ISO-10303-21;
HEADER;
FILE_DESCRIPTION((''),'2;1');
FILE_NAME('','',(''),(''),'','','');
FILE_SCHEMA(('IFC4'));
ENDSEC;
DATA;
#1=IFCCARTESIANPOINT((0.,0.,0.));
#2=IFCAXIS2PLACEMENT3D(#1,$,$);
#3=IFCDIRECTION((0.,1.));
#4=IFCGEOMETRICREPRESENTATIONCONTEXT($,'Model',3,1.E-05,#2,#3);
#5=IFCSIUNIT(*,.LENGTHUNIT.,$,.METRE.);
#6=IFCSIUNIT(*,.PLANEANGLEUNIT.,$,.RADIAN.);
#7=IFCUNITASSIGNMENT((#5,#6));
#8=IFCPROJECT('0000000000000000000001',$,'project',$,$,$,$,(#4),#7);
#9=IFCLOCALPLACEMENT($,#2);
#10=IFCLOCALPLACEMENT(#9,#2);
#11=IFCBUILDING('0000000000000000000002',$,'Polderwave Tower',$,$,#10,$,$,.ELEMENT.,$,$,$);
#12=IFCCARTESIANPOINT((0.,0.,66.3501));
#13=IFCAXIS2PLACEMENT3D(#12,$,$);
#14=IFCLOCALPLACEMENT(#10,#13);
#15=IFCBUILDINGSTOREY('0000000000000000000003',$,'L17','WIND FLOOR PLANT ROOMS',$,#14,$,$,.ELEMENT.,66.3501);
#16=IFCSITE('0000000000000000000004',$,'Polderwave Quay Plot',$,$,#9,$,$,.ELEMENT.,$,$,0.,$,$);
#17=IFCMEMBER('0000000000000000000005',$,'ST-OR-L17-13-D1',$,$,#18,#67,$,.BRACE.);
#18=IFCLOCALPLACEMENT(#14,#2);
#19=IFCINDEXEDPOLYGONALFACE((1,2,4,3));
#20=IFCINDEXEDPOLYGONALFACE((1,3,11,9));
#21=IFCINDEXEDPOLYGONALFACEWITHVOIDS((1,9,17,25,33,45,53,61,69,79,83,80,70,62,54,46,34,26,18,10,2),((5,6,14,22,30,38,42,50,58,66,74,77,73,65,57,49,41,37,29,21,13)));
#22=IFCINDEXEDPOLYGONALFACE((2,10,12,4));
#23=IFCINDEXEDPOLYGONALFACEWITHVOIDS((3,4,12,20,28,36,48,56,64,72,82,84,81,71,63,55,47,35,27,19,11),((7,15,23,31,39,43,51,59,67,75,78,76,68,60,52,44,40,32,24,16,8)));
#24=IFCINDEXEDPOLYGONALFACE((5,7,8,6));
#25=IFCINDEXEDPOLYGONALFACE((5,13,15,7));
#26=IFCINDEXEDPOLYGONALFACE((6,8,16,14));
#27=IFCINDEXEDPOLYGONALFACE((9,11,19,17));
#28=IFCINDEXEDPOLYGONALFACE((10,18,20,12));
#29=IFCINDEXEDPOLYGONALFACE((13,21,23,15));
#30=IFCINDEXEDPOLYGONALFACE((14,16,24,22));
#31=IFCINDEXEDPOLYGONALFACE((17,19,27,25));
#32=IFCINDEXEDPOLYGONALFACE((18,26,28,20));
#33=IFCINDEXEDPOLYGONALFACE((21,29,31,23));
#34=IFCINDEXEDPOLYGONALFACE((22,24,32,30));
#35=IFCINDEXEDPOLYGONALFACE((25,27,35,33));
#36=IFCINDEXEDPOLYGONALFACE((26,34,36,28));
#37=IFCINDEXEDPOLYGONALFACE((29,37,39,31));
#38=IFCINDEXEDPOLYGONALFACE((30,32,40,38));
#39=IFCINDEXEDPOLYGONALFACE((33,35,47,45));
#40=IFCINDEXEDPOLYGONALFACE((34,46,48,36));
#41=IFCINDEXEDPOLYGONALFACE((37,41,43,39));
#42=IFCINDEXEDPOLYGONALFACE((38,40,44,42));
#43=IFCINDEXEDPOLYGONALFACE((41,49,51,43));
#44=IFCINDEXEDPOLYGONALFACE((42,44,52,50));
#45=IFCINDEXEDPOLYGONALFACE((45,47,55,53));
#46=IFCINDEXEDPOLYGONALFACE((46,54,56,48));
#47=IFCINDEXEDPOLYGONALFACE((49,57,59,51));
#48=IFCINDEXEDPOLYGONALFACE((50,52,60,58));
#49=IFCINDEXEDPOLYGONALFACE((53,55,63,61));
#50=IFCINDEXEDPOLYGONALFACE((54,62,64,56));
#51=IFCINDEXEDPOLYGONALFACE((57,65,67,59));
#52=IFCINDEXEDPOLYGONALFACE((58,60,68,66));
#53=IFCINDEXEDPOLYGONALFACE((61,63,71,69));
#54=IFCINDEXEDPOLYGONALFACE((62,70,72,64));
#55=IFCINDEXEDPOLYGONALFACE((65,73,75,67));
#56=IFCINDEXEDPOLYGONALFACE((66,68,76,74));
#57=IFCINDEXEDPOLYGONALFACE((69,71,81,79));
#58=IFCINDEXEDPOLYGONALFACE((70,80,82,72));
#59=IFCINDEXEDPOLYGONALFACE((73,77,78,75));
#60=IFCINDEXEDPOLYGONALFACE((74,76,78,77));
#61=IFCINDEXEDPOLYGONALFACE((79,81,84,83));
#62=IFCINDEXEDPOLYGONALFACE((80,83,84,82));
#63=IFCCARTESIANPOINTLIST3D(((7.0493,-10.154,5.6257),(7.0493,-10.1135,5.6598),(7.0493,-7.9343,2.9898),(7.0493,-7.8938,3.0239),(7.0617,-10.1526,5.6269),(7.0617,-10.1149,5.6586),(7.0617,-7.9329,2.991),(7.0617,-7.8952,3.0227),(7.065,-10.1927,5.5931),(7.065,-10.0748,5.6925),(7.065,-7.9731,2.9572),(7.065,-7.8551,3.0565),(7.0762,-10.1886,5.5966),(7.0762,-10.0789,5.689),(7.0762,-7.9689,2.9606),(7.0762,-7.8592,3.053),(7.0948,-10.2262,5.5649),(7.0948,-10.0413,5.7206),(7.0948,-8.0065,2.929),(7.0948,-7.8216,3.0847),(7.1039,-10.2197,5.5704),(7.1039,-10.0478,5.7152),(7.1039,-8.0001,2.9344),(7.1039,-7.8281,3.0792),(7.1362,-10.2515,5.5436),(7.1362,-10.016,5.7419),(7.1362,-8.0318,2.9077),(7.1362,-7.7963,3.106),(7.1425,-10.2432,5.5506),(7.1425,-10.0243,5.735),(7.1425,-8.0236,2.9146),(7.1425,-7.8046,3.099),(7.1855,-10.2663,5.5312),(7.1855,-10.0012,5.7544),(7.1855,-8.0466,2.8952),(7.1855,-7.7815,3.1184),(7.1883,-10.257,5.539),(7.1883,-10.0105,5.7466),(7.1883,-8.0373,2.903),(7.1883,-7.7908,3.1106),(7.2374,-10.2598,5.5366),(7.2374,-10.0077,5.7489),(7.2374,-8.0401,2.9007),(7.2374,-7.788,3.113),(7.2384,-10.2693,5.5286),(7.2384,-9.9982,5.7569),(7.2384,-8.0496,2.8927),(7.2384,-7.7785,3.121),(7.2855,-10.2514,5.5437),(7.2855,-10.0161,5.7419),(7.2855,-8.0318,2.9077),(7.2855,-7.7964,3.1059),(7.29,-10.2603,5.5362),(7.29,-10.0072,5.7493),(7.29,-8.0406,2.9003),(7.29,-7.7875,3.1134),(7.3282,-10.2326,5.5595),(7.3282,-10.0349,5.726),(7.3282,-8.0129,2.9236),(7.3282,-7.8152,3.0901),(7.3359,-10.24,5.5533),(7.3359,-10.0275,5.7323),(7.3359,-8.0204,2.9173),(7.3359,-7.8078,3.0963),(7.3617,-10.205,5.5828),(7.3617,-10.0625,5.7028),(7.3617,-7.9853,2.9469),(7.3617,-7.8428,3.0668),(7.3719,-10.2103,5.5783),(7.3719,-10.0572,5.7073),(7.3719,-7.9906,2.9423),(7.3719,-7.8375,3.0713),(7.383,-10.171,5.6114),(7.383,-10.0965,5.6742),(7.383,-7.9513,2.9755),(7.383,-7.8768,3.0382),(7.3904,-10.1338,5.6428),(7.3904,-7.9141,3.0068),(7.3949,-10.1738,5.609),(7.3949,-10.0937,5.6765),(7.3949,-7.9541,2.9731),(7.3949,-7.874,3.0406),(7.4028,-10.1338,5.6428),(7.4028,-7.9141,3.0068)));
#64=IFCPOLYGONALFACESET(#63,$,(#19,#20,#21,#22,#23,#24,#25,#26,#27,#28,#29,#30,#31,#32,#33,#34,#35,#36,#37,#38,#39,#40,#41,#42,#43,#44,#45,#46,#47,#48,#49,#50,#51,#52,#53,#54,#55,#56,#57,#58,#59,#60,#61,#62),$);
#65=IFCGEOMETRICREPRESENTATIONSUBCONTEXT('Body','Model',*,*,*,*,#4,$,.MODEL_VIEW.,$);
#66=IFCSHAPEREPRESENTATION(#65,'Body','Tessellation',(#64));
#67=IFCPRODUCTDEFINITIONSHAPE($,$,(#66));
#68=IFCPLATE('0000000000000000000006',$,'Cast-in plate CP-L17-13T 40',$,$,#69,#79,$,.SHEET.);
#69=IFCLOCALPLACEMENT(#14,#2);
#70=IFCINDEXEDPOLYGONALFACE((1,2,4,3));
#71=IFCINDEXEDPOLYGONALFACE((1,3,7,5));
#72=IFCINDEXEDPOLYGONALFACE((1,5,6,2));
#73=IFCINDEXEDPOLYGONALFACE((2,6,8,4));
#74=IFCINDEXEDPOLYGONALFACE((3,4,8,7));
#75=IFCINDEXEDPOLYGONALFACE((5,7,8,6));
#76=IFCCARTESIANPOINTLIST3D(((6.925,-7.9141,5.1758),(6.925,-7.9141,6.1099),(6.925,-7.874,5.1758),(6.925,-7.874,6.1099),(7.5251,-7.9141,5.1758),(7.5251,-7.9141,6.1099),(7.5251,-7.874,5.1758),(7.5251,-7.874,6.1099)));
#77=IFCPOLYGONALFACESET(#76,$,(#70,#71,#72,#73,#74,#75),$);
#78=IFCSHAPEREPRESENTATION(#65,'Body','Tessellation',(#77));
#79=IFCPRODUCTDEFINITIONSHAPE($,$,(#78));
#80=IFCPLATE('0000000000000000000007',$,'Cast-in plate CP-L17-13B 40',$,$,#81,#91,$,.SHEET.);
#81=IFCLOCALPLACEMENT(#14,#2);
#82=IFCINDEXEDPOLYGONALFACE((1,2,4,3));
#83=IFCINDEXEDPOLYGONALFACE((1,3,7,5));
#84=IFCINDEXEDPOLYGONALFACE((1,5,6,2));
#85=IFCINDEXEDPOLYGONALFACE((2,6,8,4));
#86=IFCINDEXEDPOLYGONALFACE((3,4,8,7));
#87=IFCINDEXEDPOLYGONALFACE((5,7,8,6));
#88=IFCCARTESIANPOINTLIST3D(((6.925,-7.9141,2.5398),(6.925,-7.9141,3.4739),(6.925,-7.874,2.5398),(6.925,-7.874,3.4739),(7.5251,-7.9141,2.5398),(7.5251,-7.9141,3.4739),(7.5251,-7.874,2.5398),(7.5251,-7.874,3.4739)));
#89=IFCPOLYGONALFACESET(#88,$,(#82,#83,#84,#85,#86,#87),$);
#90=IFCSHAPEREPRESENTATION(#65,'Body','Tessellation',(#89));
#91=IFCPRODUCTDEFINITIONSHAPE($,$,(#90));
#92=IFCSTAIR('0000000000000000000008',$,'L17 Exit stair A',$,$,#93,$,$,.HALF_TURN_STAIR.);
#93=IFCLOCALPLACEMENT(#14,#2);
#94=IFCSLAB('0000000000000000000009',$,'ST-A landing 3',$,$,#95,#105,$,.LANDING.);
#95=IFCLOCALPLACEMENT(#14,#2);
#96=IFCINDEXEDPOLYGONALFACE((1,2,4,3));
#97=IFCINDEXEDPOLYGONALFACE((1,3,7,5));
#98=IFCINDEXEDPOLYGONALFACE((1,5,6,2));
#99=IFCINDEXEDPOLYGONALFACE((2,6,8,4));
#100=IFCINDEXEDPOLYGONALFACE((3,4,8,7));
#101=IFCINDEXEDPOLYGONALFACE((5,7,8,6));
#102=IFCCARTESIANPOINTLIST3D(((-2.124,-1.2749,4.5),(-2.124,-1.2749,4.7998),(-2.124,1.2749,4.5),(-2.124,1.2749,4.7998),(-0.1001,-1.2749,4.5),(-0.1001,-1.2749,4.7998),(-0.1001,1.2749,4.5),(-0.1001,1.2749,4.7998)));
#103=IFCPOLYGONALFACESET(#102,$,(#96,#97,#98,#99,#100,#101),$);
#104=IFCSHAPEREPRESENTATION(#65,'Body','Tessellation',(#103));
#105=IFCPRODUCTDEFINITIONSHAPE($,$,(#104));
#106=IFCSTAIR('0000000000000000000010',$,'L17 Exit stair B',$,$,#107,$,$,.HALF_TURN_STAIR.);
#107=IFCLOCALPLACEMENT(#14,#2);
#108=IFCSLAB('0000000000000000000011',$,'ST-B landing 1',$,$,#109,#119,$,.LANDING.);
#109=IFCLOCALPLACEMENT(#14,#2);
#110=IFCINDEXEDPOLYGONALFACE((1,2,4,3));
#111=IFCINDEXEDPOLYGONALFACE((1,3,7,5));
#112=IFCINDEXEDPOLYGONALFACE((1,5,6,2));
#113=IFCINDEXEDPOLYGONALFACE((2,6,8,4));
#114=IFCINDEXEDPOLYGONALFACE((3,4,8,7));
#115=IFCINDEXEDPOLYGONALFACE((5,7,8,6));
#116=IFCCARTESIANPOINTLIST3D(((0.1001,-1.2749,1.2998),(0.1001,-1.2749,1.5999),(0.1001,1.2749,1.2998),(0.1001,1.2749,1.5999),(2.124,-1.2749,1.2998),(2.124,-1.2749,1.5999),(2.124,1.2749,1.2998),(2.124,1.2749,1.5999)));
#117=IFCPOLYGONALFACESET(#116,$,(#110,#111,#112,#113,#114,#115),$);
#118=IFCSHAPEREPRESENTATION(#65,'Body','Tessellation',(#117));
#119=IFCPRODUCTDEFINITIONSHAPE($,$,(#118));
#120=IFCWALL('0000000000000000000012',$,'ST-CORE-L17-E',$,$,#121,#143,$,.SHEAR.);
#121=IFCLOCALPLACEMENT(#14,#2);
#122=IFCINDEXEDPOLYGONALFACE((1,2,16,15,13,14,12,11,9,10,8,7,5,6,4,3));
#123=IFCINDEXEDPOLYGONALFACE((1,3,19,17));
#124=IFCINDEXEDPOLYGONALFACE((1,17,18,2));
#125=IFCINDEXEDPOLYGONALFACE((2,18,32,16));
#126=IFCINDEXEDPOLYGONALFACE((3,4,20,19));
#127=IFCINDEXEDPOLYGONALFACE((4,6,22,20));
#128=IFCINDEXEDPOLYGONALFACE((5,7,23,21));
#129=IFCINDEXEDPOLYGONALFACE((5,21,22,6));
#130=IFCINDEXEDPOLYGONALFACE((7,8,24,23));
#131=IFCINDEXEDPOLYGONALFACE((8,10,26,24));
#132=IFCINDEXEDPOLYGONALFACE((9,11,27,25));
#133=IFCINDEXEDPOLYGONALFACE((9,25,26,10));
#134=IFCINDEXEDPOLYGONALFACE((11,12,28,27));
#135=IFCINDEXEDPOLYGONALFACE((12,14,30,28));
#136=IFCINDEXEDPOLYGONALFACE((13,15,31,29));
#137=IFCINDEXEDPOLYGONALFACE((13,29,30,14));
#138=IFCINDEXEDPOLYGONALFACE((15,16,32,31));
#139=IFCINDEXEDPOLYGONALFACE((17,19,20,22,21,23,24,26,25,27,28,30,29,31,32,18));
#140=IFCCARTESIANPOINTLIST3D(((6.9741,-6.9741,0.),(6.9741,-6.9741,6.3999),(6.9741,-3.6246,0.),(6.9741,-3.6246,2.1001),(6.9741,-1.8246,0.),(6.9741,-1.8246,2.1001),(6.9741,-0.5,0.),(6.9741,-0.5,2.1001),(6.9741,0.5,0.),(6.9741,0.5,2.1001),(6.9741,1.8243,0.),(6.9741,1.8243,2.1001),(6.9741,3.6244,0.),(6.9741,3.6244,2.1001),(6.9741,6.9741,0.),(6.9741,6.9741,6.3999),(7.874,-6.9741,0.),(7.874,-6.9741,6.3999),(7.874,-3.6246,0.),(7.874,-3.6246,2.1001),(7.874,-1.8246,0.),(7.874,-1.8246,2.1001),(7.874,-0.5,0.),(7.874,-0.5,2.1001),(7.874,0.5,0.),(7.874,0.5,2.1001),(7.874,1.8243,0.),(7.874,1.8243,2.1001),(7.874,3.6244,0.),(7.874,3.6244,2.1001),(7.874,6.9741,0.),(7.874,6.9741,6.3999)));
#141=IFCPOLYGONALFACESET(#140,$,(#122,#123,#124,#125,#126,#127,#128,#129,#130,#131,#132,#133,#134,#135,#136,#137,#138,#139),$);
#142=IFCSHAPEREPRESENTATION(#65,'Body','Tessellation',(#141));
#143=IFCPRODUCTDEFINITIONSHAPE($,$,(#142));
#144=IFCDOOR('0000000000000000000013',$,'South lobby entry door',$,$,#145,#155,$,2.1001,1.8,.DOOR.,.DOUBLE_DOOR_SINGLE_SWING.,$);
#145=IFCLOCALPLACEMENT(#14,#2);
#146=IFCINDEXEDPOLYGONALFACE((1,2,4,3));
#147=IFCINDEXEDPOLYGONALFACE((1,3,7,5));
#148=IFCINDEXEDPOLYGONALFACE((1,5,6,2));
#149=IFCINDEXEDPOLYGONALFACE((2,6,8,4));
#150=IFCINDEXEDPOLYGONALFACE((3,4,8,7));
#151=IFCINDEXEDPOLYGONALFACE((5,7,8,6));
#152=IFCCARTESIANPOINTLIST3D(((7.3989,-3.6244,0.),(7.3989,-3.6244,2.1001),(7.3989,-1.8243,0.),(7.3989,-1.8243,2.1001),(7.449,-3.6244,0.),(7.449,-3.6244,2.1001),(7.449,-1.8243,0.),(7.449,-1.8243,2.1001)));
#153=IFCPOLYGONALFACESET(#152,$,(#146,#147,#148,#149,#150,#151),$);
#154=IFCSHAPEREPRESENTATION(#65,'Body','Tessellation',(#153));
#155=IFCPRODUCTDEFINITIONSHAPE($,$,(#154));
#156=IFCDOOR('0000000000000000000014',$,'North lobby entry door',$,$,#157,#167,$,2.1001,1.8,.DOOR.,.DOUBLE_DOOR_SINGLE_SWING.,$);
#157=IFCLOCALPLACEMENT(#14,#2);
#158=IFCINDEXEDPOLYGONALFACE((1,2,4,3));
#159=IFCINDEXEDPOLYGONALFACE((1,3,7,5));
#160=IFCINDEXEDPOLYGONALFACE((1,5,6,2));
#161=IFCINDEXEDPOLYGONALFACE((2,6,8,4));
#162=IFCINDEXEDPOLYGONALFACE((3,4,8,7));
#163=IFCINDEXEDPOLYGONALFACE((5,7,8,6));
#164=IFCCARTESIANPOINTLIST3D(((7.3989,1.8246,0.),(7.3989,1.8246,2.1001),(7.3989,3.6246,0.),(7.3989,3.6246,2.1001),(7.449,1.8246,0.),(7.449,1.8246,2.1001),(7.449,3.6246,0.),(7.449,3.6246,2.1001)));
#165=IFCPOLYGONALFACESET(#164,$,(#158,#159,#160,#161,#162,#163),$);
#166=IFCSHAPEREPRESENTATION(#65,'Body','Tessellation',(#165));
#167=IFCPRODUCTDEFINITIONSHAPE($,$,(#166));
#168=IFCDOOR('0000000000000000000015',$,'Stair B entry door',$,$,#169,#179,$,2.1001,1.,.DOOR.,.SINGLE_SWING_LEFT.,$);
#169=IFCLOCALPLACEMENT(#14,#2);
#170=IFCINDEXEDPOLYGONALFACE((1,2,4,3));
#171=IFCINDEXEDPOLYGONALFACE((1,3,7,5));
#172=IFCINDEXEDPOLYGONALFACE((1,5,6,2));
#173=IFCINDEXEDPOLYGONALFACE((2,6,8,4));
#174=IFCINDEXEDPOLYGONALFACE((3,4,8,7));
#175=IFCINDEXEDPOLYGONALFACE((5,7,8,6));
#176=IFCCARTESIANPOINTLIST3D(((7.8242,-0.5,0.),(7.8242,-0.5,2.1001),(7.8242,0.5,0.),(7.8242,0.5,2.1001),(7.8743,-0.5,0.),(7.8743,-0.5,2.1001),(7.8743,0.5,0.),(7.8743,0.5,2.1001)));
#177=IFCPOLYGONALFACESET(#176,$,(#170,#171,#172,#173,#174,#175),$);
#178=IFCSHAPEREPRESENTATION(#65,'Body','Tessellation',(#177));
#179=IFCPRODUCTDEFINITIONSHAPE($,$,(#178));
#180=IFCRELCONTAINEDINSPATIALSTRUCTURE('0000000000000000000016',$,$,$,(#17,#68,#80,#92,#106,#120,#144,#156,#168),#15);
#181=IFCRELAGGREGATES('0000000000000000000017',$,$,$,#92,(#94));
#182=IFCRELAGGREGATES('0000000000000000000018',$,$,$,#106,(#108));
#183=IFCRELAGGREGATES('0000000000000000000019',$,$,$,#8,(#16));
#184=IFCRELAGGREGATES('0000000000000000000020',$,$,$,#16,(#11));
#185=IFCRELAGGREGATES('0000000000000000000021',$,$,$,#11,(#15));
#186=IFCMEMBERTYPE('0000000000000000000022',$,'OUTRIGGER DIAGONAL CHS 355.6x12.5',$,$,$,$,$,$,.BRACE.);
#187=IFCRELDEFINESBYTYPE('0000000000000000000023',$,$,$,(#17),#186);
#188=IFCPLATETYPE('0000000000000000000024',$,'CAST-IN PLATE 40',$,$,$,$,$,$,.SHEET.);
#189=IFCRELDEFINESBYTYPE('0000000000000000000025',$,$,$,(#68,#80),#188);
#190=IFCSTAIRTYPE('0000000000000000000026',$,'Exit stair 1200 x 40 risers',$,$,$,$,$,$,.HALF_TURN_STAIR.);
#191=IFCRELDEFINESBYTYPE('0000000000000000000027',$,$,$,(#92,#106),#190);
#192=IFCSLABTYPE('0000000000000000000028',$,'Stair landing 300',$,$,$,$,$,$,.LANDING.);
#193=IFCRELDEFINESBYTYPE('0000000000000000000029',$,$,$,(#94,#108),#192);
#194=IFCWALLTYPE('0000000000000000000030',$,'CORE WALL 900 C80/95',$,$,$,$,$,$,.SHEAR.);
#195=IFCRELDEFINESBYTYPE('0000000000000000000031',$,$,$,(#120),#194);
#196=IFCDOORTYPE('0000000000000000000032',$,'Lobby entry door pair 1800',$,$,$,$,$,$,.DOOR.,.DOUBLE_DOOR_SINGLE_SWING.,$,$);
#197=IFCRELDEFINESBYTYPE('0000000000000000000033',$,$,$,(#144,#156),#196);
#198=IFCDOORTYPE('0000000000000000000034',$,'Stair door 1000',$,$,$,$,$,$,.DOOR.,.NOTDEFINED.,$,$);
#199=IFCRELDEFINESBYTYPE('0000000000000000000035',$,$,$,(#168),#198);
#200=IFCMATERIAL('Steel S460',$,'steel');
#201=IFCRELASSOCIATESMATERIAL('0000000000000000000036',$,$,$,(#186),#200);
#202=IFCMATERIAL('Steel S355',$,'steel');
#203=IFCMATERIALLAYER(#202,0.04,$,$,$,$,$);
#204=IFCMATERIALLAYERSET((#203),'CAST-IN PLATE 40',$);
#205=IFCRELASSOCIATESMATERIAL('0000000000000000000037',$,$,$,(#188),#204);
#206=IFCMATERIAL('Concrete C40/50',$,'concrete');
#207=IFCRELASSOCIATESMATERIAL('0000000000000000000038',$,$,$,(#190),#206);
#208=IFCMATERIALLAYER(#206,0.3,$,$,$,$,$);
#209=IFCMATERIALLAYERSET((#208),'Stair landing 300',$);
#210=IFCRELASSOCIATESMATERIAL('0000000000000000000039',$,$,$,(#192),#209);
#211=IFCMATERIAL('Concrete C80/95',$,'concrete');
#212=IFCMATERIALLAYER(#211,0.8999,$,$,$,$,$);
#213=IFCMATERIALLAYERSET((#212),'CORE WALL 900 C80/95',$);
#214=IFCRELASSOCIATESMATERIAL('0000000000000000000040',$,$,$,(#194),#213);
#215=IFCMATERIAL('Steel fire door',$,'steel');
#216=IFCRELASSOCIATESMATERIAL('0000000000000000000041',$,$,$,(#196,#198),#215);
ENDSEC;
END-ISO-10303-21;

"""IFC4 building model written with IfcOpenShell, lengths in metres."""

from ifc_helpers import new_model, si_unit, direction, frame, frame_2d, origin, origin_2d, place, context, subcontext, project, spatial, polyline, rectangle, hollow_circle, outline, extrude, material, layer, layer_set, material_profile, profile_set, type_object, element, fill, aggregate, save


model = new_model("IFC4")

# Units and contexts
model_context = context("Model", 3, precision=1e-05, world=origin(), true_north=direction((0.0, 1.0)))
body_context = subcontext(model_context, "Body", "Model", "MODEL_VIEW")
ifc_project = project(units=[si_unit("LENGTHUNIT", "METRE"), si_unit("PLANEANGLEUNIT", "RADIAN")], contexts=[model_context])

# Site, building, storey
site_placement = place(None, origin())
site = spatial("IfcSite", under=ifc_project, at=site_placement, Name="Polderwave Quay Plot", CompositionType="ELEMENT", RefElevation=0.0)
building_placement = place(site_placement, origin())
building = spatial("IfcBuilding", under=site, at=building_placement, Name="Polderwave Tower", CompositionType="ELEMENT")
storey_placement = place(building_placement, frame((0.0, 0.0, 66.3501)))
storey = spatial("IfcBuildingStorey", under=building, at=storey_placement, Name="L17", Description="WIND FLOOR PLANT ROOMS", CompositionType="ELEMENT", Elevation=66.3501)

# Member
ifc_material_1 = material(Name="Steel S460", Category="steel")
ifc_material_profile = material_profile(ifc_material_1, hollow_circle(Radius=0.1777, WallThickness=0.0125, at=origin_2d()), Name="CHS 355.6x12.5")
ifc_profile_set = profile_set([ifc_material_profile], Name="Steel S460")
member_type = type_object("IfcMemberType", Name="OUTRIGGER DIAGONAL CHS 355.6x12.5", PredefinedType="BRACE", material=ifc_profile_set)
member_placement = place(storey_placement, frame((7.2251, -7.9141, 3.0068), z_axis=(0.0, -0.644127, 0.764919), x_axis=(1.0, 0.0, 0.0)))
element("IfcMember", 1, at=member_placement, inside=storey, type_object=member_type, Name="ST-OR-L17-13-D1", PredefinedType="BRACE", context=body_context, shape_type="SweptSolid", body=[
    extrude(hollow_circle(Radius=0.1777, WallThickness=0.0125, at=origin_2d()), origin(), (0.0, 0.0, 1.0), 3.446),
])

# Plates
ifc_material_2 = material(Name="Steel S355", Category="steel")
ifc_layer_1 = layer(ifc_material_2, 0.04)
ifc_layer_set_1 = layer_set([ifc_layer_1], Name="CAST-IN PLATE 40")
plate_type = type_object("IfcPlateType", Name="CAST-IN PLATE 40", PredefinedType="SHEET", material=ifc_layer_set_1)
for number, where, z_axis, x_axis, name in (
    (2, (7.2251, -7.894, 5.1758), (0.0, 0.0, 1.0), (0.0, 1.0, 0.0), "Cast-in plate CP-L17-13T 40"),
    (3, (7.2251, -7.894, 2.5398), (0.0, 0.0, 1.0), (0.0, 1.0, 0.0), "Cast-in plate CP-L17-13B 40"),
):
    element("IfcPlate", number, at=place(storey_placement, frame(where, z_axis=z_axis, x_axis=x_axis)), inside=storey, type_object=plate_type, Name=name, PredefinedType="SHEET", context=body_context, shape_type="SweptSolid", body=[
        extrude(rectangle(XDim=0.04, YDim=0.6001, at=origin_2d()), origin(), (0.0, 0.0, 1.0), 0.9341),
    ])

# Stairs, slabs
ifc_material_3 = material(Name="Concrete C40/50", Category="concrete")
stair_type = type_object("IfcStairType", Name="Exit stair 1200 x 40 risers", PredefinedType="HALF_TURN_STAIR", material=ifc_material_3)
stair_1_placement = place(storey_placement, origin())
stair_1 = element("IfcStair", 4, at=stair_1_placement, inside=storey, type_object=stair_type, Name="L17 Exit stair A", PredefinedType="HALF_TURN_STAIR")
ifc_layer_2 = layer(ifc_material_3, 0.3)
ifc_layer_set_2 = layer_set([ifc_layer_2], Name="Stair landing 300")
slab_type = type_object("IfcSlabType", Name="Stair landing 300", PredefinedType="LANDING", material=ifc_layer_set_2)
slab_1_placement = place(storey_placement, frame((0.0, 0.0, 4.5)))
slab_1 = element("IfcSlab", 5, at=slab_1_placement, type_object=slab_type, Name="ST-A landing 3", PredefinedType="LANDING", context=body_context, shape_type="SweptSolid", body=[
    extrude(outline(polyline([(-2.124, -1.2749), (-0.1001, -1.2749), (-0.1001, 1.2749), (-2.124, 1.2749), (-2.124, -1.2749)])), origin(), (0.0, 0.0, 1.0), 0.2998),
])
aggregate(stair_1, [slab_1])
stair_2_placement = place(storey_placement, origin())
stair_2 = element("IfcStair", 6, at=stair_2_placement, inside=storey, type_object=stair_type, Name="L17 Exit stair B", PredefinedType="HALF_TURN_STAIR")
slab_2_placement = place(storey_placement, frame((0.0, 0.0, 1.2998)))
slab_2 = element("IfcSlab", 7, at=slab_2_placement, type_object=slab_type, Name="ST-B landing 1", PredefinedType="LANDING", context=body_context, shape_type="SweptSolid", body=[
    extrude(outline(polyline([(2.124, 1.2749), (0.1001, 1.2749), (0.1001, -1.2749), (2.124, -1.2749), (2.124, 1.2749)])), origin(), (0.0, 0.0, 1.0), 0.3),
])

# Wall, openings, doors
ifc_material_4 = material(Name="Concrete C80/95", Category="concrete")
ifc_layer_3 = layer(ifc_material_4, 0.8999)
ifc_layer_set_3 = layer_set([ifc_layer_3], Name="CORE WALL 900 C80/95")
wall_type_1 = type_object("IfcWallType", Name="CORE WALL 900 C80/95", PredefinedType="SHEAR", material=ifc_layer_set_3)
wall_1_placement = place(storey_placement, frame((7.4241, -6.9741, 0.0), z_axis=(0.0, 0.0, 1.0), x_axis=(0.0, 1.0, 0.0)))
wall_1 = element("IfcWall", 8, at=wall_1_placement, inside=storey, type_object=wall_type_1, Name="ST-CORE-L17-E", PredefinedType="SHEAR", context=body_context, shape_type="SweptSolid", body=[
    extrude(rectangle(XDim=13.9482, YDim=0.8999, at=frame_2d((6.9741, 0.0))), origin(), (0.0, 0.0, 1.0), 6.3999),
])
opening_1_placement = place(wall_1_placement, frame((6.4741, 0.0, 0.0)))
opening_1 = element("IfcOpeningElement", 9, at=opening_1_placement, cuts=wall_1, PredefinedType="OPENING", context=body_context, shape_type="SweptSolid", body=[
    extrude(rectangle(XDim=1.0, YDim=2.1001, at=frame_2d((0.5, 1.05))), frame((0.0, 0.46, 0.0), z_axis=(0.0, -1.0, 0.0), x_axis=(1.0, 0.0, 0.0)), (0.0, 0.0, 1.0), 0.9199),
])
opening_2_placement = place(wall_1_placement, frame((3.3496, 0.0, 0.0)))
opening_2 = element("IfcOpeningElement", 10, at=opening_2_placement, cuts=wall_1, PredefinedType="OPENING", context=body_context, shape_type="SweptSolid", body=[
    extrude(rectangle(XDim=1.8, YDim=2.1001, at=frame_2d((0.8999, 1.05))), frame((0.0, 0.46, 0.0), z_axis=(0.0, -1.0, 0.0), x_axis=(1.0, 0.0, 0.0)), (0.0, 0.0, 1.0), 0.9199),
])
opening_3_placement = place(wall_1_placement, frame((8.7986, 0.0, 0.0)))
opening_3 = element("IfcOpeningElement", 11, at=opening_3_placement, cuts=wall_1, PredefinedType="OPENING", context=body_context, shape_type="SweptSolid", body=[
    extrude(rectangle(XDim=1.8, YDim=2.1001, at=frame_2d((0.8999, 1.05))), frame((0.0, 0.46, 0.0), z_axis=(0.0, -1.0, 0.0), x_axis=(1.0, 0.0, 0.0)), (0.0, 0.0, 1.0), 0.9199),
])
ifc_material_5 = material(Name="Steel fire door", Category="steel")
door_type_1 = type_object("IfcDoorType", Name="Lobby entry door pair 1800", OperationType="DOUBLE_DOOR_SINGLE_SWING", PredefinedType="DOOR", material=ifc_material_5)
door_1_placement = place(opening_2_placement, frame((1.8, 0.0, 0.0), z_axis=(0.0, 0.0, 1.0), x_axis=(-1.0, 0.0, 0.0)))
door_1 = element("IfcDoor", 12, at=door_1_placement, inside=storey, type_object=door_type_1, Name="South lobby entry door", OperationType="DOUBLE_DOOR_SINGLE_SWING", OverallHeight=2.1001, OverallWidth=1.8, PredefinedType="DOOR", context=body_context, shape_type="SweptSolid", body=[
    extrude(rectangle(XDim=1.8, YDim=2.1001, at=frame_2d((0.8999, 1.05))), frame((0.0, 0.0249, 0.0), z_axis=(0.0, -1.0, 0.0), x_axis=(1.0, 0.0, 0.0)), (0.0, 0.0, 1.0), 0.05),
])
fill(opening_2, door_1)
door_2_placement = place(opening_3_placement, frame((1.8, 0.0, 0.0), z_axis=(0.0, 0.0, 1.0), x_axis=(-1.0, 0.0, 0.0)))
door_2 = element("IfcDoor", 13, at=door_2_placement, inside=storey, type_object=door_type_1, Name="North lobby entry door", OperationType="DOUBLE_DOOR_SINGLE_SWING", OverallHeight=2.1001, OverallWidth=1.8, PredefinedType="DOOR", context=body_context, shape_type="SweptSolid", body=[
    extrude(rectangle(XDim=1.8, YDim=2.1001, at=frame_2d((0.8999, 1.05))), frame((0.0, 0.0249, 0.0), z_axis=(0.0, -1.0, 0.0), x_axis=(1.0, 0.0, 0.0)), (0.0, 0.0, 1.0), 0.05),
])
fill(opening_3, door_2)
door_type_2 = type_object("IfcDoorType", Name="Stair door 1000", OperationType="NOTDEFINED", PredefinedType="DOOR", material=ifc_material_5)
door_3_placement = place(opening_1_placement, frame((1.0, 0.0, 0.0), z_axis=(0.0, 0.0, 1.0), x_axis=(-1.0, 0.0, 0.0)))
door_3 = element("IfcDoor", 14, at=door_3_placement, inside=storey, type_object=door_type_2, Name="Stair B entry door", OperationType="SINGLE_SWING_LEFT", OverallHeight=2.1001, OverallWidth=1.0, PredefinedType="DOOR", context=body_context, shape_type="SweptSolid", body=[
    extrude(rectangle(XDim=1.0, YDim=2.1001, at=frame_2d((0.5, 1.05))), frame((0.0, 0.4502, 0.0), z_axis=(0.0, -1.0, 0.0), x_axis=(1.0, 0.0, 0.0)), (0.0, 0.0, 1.0), 0.05),
])
fill(opening_1, door_3)

aggregate(stair_2, [slab_2])

save(model, "model.ifc")
